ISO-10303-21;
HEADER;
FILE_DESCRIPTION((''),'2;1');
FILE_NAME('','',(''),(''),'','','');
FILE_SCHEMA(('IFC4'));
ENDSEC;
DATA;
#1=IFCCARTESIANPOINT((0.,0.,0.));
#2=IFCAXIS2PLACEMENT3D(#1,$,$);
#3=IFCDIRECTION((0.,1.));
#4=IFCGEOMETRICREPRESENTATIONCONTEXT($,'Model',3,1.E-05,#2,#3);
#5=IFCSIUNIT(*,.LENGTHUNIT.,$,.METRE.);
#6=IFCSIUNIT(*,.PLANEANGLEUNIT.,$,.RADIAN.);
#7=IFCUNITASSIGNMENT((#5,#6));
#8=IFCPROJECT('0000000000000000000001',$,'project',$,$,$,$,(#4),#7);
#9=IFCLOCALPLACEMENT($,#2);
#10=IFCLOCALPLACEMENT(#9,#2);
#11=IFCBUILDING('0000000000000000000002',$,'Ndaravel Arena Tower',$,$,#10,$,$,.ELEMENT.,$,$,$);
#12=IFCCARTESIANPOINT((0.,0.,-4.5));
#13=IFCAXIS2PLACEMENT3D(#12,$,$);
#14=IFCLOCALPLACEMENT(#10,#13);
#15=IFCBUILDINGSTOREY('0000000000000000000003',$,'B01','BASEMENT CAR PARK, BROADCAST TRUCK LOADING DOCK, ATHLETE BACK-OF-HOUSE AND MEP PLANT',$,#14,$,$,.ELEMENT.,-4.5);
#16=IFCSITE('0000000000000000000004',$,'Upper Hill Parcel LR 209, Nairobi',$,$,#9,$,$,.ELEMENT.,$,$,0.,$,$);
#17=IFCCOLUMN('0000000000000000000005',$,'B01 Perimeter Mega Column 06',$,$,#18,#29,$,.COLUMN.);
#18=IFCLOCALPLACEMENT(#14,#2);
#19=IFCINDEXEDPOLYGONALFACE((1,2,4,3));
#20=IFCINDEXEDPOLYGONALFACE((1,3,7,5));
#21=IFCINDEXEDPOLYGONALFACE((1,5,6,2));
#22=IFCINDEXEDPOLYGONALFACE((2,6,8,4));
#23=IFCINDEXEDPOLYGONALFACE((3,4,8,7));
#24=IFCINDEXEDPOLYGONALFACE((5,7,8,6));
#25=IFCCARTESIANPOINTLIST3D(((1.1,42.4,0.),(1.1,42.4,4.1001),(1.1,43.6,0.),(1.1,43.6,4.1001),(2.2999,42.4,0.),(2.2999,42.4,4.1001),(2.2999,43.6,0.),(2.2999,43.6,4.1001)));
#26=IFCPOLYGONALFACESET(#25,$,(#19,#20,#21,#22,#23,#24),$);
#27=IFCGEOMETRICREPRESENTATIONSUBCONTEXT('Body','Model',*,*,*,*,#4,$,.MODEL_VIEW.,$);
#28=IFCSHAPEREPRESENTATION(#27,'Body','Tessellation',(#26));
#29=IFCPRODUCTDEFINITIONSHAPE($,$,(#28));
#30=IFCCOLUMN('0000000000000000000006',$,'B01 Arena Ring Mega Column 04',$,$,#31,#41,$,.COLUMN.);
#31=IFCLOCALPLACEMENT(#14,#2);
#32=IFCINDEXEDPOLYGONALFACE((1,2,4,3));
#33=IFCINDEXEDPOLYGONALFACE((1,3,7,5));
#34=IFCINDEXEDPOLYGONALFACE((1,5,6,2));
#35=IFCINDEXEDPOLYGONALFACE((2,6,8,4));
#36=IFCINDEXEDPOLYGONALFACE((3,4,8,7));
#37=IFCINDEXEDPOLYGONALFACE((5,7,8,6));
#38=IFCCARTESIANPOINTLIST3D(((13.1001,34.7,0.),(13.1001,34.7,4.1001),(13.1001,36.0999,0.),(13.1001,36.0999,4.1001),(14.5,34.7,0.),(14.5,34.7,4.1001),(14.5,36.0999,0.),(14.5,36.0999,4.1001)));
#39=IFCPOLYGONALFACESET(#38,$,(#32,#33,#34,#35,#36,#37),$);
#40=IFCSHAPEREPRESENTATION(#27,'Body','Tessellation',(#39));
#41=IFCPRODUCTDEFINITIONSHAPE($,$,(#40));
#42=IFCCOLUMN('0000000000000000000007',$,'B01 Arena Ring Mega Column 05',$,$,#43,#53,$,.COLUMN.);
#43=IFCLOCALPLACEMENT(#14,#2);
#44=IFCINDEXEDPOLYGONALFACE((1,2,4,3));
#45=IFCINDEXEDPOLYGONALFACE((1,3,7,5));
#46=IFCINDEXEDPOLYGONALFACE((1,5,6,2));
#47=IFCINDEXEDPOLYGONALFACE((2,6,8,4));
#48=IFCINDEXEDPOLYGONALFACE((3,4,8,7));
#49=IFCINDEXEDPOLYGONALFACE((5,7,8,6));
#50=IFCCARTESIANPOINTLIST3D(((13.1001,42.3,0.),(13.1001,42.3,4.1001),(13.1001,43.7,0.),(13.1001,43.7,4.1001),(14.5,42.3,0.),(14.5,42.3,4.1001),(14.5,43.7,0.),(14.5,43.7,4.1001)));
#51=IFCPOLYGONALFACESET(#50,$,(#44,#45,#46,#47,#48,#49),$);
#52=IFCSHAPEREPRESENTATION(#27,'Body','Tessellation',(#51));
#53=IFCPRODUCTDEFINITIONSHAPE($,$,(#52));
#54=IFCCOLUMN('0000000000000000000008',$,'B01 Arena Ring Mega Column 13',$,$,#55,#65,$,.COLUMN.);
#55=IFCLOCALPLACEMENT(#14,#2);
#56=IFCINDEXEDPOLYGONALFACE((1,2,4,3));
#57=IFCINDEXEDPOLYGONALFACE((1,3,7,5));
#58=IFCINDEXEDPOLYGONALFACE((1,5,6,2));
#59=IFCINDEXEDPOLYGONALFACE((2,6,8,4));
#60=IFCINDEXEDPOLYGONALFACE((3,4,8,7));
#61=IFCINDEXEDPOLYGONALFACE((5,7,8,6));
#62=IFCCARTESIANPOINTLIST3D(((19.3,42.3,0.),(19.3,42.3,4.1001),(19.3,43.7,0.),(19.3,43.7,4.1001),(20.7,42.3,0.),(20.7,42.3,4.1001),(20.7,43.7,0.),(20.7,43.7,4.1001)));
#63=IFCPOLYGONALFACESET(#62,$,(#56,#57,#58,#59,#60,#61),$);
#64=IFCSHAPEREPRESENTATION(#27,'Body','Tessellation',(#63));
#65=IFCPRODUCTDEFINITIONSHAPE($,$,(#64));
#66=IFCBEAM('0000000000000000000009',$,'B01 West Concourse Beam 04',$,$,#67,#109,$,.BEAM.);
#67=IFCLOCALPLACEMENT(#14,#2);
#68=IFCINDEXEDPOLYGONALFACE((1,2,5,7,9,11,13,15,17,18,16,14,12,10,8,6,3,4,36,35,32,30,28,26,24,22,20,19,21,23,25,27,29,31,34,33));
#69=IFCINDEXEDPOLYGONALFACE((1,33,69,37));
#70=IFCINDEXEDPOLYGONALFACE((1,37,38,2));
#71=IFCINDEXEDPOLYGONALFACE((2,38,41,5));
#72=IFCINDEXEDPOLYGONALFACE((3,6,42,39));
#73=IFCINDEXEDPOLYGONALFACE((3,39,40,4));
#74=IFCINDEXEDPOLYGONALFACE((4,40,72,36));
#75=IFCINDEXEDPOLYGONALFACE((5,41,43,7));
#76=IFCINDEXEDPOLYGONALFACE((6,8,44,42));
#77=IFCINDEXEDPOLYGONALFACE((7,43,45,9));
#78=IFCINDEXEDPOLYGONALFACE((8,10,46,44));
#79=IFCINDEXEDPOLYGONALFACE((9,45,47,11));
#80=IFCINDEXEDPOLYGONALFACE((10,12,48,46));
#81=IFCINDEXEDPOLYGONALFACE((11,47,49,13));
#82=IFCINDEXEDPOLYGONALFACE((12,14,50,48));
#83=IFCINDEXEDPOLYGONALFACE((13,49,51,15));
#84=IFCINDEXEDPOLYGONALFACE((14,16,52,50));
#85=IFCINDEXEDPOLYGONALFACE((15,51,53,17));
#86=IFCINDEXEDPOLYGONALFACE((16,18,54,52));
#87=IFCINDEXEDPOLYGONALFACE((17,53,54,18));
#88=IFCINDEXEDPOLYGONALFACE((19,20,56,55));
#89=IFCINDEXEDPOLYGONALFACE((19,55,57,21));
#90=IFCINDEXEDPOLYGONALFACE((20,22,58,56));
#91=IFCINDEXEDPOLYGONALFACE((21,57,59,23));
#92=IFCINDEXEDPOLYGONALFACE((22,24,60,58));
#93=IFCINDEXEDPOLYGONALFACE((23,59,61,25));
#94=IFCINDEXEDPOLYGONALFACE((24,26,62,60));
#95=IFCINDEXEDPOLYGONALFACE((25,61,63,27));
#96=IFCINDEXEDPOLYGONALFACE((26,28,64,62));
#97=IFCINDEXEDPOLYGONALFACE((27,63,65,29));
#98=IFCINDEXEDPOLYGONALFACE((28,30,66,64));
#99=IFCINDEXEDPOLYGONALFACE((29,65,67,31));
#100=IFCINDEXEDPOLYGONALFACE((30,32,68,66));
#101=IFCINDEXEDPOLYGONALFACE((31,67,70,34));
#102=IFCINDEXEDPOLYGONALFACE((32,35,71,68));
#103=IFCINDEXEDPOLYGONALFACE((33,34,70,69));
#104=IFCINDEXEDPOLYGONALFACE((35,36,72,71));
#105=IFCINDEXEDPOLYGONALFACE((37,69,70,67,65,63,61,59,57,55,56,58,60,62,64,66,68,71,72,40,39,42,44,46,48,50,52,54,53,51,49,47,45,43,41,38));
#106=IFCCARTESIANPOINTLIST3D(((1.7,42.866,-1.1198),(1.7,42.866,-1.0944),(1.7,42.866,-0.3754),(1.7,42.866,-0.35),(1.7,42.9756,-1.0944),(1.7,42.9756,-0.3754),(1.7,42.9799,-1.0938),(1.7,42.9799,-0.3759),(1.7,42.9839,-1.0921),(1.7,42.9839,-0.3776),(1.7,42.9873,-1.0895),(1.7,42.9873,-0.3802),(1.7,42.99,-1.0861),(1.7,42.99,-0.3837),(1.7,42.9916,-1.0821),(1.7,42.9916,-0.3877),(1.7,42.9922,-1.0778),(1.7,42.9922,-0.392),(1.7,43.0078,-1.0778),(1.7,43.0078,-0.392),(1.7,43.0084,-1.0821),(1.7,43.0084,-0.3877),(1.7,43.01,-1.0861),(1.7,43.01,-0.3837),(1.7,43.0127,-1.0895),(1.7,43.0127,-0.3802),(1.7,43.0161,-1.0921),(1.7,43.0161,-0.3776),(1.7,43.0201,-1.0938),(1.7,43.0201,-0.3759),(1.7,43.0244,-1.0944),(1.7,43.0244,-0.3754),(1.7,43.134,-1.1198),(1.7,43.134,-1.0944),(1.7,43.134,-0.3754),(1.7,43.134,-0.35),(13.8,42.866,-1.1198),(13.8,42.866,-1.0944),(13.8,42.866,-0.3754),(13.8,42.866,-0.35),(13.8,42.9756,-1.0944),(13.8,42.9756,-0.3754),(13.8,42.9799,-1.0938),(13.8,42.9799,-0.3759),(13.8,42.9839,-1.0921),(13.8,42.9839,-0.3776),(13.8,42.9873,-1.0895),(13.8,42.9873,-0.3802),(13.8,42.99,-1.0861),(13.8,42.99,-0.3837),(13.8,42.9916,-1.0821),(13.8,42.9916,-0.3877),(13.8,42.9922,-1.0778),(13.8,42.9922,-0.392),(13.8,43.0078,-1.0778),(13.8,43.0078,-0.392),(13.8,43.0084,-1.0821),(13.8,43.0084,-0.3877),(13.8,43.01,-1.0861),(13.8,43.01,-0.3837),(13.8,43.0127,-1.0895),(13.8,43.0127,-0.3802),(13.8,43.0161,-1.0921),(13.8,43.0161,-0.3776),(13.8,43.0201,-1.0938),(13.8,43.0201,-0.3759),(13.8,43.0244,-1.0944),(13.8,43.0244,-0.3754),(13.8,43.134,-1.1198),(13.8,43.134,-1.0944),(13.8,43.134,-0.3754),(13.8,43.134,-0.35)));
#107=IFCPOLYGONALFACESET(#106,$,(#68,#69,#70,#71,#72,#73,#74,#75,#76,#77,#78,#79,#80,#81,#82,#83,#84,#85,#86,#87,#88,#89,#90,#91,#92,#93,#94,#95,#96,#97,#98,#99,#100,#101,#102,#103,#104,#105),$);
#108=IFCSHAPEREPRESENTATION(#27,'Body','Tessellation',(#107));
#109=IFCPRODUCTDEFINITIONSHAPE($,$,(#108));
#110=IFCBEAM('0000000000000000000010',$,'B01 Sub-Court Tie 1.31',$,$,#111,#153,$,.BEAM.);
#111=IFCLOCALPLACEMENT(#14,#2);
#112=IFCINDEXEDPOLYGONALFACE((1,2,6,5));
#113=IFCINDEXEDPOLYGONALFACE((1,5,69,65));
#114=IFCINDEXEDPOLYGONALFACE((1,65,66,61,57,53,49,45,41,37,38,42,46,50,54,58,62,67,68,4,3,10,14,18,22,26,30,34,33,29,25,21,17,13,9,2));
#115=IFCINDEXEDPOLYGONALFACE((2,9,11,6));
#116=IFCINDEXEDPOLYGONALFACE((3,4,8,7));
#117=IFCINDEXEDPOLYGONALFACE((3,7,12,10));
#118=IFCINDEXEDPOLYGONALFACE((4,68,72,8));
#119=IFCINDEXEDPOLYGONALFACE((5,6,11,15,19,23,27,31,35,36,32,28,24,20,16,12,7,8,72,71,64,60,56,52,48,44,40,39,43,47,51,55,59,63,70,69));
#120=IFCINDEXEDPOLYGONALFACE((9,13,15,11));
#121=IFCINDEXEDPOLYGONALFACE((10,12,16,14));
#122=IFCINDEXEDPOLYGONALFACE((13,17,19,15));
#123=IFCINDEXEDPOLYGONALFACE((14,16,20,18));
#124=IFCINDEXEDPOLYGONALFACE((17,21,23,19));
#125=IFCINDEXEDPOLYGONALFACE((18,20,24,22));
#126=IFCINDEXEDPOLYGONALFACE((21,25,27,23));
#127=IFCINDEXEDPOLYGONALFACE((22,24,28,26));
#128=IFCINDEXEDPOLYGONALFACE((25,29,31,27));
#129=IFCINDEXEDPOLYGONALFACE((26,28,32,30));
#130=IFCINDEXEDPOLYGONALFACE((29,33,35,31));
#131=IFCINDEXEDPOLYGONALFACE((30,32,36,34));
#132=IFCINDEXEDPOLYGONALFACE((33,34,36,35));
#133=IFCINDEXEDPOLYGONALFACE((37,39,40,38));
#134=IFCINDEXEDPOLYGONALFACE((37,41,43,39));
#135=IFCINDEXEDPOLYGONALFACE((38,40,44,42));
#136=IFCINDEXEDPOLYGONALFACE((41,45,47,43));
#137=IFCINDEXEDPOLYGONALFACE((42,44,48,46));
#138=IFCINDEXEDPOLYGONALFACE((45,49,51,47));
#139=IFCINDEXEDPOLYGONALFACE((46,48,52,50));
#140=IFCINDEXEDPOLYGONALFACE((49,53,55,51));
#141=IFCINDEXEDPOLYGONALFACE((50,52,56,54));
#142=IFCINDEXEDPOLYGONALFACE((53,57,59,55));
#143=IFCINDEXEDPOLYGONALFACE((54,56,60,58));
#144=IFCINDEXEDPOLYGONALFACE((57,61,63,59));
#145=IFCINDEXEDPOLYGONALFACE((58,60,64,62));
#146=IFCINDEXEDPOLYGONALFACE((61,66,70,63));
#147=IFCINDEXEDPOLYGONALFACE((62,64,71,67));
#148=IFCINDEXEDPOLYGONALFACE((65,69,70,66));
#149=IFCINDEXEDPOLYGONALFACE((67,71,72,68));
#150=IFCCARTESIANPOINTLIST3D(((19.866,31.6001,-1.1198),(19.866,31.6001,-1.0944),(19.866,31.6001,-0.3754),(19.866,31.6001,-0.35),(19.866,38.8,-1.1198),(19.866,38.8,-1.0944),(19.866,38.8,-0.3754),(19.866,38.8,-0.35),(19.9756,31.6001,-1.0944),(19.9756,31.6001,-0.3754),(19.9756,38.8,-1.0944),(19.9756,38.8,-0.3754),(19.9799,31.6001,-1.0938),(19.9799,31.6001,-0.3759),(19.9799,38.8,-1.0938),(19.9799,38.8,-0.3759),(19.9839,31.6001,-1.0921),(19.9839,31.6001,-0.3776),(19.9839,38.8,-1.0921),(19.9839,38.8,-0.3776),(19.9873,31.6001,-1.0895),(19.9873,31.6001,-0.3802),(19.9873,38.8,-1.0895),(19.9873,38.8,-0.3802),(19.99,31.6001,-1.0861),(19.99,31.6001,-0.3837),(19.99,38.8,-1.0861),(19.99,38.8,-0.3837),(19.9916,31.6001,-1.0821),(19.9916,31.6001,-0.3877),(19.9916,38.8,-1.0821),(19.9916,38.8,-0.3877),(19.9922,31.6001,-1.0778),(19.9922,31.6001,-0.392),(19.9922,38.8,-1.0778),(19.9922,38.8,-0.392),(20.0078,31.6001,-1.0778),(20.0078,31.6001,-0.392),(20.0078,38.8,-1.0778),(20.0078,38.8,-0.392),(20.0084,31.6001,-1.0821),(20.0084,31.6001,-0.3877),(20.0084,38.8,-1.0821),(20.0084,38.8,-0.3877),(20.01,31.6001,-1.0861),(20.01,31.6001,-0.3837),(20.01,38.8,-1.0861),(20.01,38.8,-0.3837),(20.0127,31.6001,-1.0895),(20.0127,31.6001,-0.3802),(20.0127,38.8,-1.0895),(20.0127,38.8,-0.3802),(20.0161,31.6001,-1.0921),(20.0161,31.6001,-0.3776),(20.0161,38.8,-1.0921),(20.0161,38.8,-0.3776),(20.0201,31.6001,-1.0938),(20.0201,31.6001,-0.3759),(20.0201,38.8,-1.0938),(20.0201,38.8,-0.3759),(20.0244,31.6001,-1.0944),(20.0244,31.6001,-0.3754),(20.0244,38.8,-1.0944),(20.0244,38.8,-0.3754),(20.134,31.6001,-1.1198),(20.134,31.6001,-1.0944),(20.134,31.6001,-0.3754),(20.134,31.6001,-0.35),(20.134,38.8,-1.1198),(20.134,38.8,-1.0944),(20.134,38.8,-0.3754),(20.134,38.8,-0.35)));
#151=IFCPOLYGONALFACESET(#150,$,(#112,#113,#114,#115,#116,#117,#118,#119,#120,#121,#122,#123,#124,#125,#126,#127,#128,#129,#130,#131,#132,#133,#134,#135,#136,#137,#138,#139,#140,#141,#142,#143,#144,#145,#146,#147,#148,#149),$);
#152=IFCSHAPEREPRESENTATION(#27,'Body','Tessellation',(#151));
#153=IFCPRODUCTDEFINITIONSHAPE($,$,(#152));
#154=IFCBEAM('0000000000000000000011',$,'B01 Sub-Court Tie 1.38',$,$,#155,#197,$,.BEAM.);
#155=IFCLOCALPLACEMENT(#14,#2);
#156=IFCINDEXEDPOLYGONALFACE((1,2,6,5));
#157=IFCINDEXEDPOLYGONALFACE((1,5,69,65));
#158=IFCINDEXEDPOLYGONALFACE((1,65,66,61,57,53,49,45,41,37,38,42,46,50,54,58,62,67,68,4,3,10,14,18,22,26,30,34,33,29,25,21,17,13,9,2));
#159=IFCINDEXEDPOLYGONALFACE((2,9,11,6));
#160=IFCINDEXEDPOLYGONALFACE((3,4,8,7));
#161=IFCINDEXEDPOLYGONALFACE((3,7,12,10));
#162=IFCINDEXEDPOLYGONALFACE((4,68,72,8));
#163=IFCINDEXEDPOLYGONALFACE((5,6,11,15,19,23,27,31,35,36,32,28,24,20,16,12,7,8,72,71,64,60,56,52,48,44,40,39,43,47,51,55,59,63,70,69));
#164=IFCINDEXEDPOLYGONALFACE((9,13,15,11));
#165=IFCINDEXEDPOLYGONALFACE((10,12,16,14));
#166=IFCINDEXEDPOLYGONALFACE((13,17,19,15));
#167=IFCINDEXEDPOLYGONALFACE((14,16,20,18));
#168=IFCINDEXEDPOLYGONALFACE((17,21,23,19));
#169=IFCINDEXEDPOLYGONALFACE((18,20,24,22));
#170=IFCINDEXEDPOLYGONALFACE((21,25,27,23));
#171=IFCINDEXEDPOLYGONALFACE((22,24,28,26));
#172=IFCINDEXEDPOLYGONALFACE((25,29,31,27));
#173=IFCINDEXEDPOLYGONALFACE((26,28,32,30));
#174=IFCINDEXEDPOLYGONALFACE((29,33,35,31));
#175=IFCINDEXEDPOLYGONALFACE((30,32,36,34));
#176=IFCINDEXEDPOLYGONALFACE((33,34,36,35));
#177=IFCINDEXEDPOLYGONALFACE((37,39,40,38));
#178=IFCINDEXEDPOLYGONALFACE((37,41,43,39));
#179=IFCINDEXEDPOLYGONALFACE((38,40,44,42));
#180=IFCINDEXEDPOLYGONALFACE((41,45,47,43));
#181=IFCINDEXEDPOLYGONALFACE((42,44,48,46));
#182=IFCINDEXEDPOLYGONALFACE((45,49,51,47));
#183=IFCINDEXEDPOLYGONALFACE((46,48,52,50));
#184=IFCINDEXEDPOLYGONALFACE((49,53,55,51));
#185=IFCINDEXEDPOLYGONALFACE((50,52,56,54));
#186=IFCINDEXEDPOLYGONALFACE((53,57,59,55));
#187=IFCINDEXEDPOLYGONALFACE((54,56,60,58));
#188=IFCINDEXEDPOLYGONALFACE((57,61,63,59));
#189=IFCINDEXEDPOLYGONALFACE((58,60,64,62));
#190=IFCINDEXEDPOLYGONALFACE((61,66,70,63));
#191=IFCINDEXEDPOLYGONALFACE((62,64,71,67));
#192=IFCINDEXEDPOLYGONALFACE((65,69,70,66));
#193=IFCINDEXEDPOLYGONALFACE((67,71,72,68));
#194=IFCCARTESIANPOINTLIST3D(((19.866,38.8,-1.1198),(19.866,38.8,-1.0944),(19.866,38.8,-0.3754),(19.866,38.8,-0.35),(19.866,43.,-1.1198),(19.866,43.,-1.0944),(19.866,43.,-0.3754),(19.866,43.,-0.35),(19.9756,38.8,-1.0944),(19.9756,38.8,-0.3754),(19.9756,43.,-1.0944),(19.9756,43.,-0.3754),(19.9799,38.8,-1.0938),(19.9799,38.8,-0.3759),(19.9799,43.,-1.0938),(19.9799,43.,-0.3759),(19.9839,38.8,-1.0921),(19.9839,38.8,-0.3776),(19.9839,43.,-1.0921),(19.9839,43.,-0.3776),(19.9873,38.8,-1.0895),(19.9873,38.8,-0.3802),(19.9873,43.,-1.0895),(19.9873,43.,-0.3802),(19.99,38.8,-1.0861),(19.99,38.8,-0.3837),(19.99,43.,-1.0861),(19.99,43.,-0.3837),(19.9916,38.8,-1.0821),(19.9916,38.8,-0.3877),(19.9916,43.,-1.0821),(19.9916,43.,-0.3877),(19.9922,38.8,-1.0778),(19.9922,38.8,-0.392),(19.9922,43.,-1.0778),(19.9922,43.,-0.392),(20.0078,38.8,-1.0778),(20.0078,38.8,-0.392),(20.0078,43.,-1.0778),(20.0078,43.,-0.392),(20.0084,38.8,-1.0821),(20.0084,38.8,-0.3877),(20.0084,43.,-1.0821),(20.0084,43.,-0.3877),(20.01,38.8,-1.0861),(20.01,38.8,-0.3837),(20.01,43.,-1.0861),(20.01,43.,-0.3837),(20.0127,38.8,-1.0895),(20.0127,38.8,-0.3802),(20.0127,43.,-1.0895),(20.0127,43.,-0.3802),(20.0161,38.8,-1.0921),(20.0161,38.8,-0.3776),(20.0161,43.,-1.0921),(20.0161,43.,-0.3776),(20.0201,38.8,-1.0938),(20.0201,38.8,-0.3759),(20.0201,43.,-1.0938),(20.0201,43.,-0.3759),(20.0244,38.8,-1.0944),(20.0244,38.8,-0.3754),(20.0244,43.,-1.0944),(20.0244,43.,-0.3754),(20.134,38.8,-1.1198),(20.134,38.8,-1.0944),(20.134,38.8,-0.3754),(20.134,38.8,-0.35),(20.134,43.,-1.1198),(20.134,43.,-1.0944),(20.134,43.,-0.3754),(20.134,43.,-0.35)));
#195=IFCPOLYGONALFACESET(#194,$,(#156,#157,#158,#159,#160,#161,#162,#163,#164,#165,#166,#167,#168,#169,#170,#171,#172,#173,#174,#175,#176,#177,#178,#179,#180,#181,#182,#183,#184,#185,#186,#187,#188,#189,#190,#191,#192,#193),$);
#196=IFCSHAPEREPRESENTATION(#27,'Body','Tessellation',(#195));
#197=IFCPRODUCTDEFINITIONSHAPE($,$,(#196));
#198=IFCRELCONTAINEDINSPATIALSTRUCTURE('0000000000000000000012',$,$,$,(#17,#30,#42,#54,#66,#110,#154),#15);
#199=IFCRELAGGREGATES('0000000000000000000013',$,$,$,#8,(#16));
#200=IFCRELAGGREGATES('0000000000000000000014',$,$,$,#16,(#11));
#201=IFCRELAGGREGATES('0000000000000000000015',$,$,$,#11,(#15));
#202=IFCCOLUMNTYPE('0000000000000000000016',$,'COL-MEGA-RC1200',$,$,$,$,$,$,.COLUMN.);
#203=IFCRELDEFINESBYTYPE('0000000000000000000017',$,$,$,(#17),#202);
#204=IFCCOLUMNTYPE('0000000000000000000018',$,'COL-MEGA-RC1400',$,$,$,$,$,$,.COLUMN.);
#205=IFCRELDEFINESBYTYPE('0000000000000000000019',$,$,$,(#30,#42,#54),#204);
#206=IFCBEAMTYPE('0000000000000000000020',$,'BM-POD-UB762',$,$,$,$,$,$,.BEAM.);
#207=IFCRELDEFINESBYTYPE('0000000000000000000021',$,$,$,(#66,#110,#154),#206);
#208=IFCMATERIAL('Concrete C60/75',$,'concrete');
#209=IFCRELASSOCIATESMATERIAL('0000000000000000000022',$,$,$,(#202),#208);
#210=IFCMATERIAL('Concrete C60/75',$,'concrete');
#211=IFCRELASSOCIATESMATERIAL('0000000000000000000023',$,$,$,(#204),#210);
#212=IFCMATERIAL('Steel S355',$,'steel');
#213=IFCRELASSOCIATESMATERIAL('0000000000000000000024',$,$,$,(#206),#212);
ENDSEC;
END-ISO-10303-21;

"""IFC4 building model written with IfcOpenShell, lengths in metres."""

from ifc_helpers import new_model, si_unit, direction, frame, origin, origin_2d, place, context, subcontext, project, spatial, rectangle, i_section, extrude, material, material_profile, profile_set, type_object, element, save


model = new_model("IFC4")

# Units and contexts
model_context = context("Model", 3, precision=1e-05, world=origin(), true_north=direction((0.0, 1.0)))
body_context = subcontext(model_context, "Body", "Model", "MODEL_VIEW")
ifc_project = project(units=[si_unit("LENGTHUNIT", "METRE"), si_unit("PLANEANGLEUNIT", "RADIAN")], contexts=[model_context])

# Site, building, storey
site_placement = place(None, origin())
site = spatial("IfcSite", under=ifc_project, at=site_placement, Name="Upper Hill Parcel LR 209, Nairobi", CompositionType="ELEMENT", RefElevation=0.0)
building_placement = place(site_placement, origin())
building = spatial("IfcBuilding", under=site, at=building_placement, Name="Ndaravel Arena Tower", CompositionType="ELEMENT")
storey_placement = place(building_placement, frame((0.0, 0.0, -4.5)))
storey = spatial("IfcBuildingStorey", under=building, at=storey_placement, Name="B01", Description="BASEMENT CAR PARK, BROADCAST TRUCK LOADING DOCK, ATHLETE BACK-OF-HOUSE AND MEP PLANT", CompositionType="ELEMENT", Elevation=-4.5)

# Columns
ifc_material_1 = material(Name="Concrete C60/75", Category="concrete")
ifc_material_profile_1 = material_profile(ifc_material_1, rectangle(XDim=1.2, YDim=1.2, at=origin_2d()), Name="RC 1200x1200")
ifc_profile_set_1 = profile_set([ifc_material_profile_1], Name="Concrete C60/75")
column_type_1 = type_object("IfcColumnType", Name="COL-MEGA-RC1200", PredefinedType="COLUMN", material=ifc_profile_set_1)
for number, where, z_axis, x_axis, name in (
    (1, (1.7, 43.0, 0.0), (0.0, 0.0, 1.0), (1.0, 0.0, 0.0), "B01 Perimeter Mega Column 06"),
):
    element("IfcColumn", number, at=place(storey_placement, frame(where, z_axis=z_axis, x_axis=x_axis)), inside=storey, type_object=column_type_1, Name=name, PredefinedType="COLUMN", context=body_context, shape_type="SweptSolid", body=[
        extrude(rectangle(XDim=1.2, YDim=1.2, at=origin_2d()), origin(), (0.0, 0.0, 1.0), 4.1001),
    ])
ifc_material_2 = material(Name="Concrete C60/75", Category="concrete")
ifc_material_profile_2 = material_profile(ifc_material_2, rectangle(XDim=1.3999, YDim=1.3999, at=origin_2d()), Name="RC 1400x1400")
ifc_profile_set_2 = profile_set([ifc_material_profile_2], Name="Concrete C60/75")
column_type_2 = type_object("IfcColumnType", Name="COL-MEGA-RC1400", PredefinedType="COLUMN", material=ifc_profile_set_2)
for number, where, z_axis, x_axis, name in (
    (2, (13.8, 35.3999, 0.0), (0.0, 0.0, 1.0), (1.0, 0.0, 0.0), "B01 Arena Ring Mega Column 04"),
    (3, (13.8, 43.0, 0.0), (0.0, 0.0, 1.0), (1.0, 0.0, 0.0), "B01 Arena Ring Mega Column 05"),
    (4, (20.0, 43.0, 0.0), (0.0, 0.0, 1.0), (1.0, 0.0, 0.0), "B01 Arena Ring Mega Column 13"),
):
    element("IfcColumn", number, at=place(storey_placement, frame(where, z_axis=z_axis, x_axis=x_axis)), inside=storey, type_object=column_type_2, Name=name, PredefinedType="COLUMN", context=body_context, shape_type="SweptSolid", body=[
        extrude(rectangle(XDim=1.3999, YDim=1.3999, at=origin_2d()), origin(), (0.0, 0.0, 1.0), 4.1001),
    ])

# Beams
ifc_material_3 = material(Name="Steel S355", Category="steel")
ifc_material_profile_3 = material_profile(ifc_material_3, i_section(OverallWidth=0.2681, OverallDepth=0.7698, WebThickness=0.0156, FlangeThickness=0.0254, FilletRadius=0.0166, at=origin_2d()), Name="UB 762x267x197")
ifc_profile_set_3 = profile_set([ifc_material_profile_3], Name="Steel S355")
beam_type_1 = type_object("IfcBeamType", Name="BM-POD-UB762", PredefinedType="BEAM", material=ifc_profile_set_3)
beam_1_placement = place(storey_placement, frame((1.7, 43.0, -0.7349), z_axis=(1.0, 0.0, 0.0), x_axis=(0.0, 1.0, 0.0)))
element("IfcBeam", 5, at=beam_1_placement, inside=storey, type_object=beam_type_1, Name="B01 West Concourse Beam 04", PredefinedType="BEAM", context=body_context, shape_type="SweptSolid", body=[
    extrude(i_section(OverallWidth=0.2681, OverallDepth=0.7698, WebThickness=0.0156, FlangeThickness=0.0254, FilletRadius=0.0166, at=origin_2d()), origin(), (0.0, 0.0, 1.0), 12.1001),
])
beam_2_placement = place(storey_placement, frame((20.0, 31.6001, -0.7349), z_axis=(0.0, 1.0, 0.0), x_axis=(-1.0, 0.0, 0.0)))
element("IfcBeam", 6, at=beam_2_placement, inside=storey, type_object=beam_type_1, Name="B01 Sub-Court Tie 1.31", PredefinedType="BEAM", context=body_context, shape_type="SweptSolid", body=[
    extrude(i_section(OverallWidth=0.2681, OverallDepth=0.7698, WebThickness=0.0156, FlangeThickness=0.0254, FilletRadius=0.0166, at=origin_2d()), origin(), (0.0, 0.0, 1.0), 7.2),
])
beam_3_placement = place(storey_placement, frame((20.0, 38.8, -0.7349), z_axis=(0.0, 1.0, 0.0), x_axis=(-1.0, 0.0, 0.0)))
element("IfcBeam", 7, at=beam_3_placement, inside=storey, type_object=beam_type_1, Name="B01 Sub-Court Tie 1.38", PredefinedType="BEAM", context=body_context, shape_type="SweptSolid", body=[
    extrude(i_section(OverallWidth=0.2681, OverallDepth=0.7698, WebThickness=0.0156, FlangeThickness=0.0254, FilletRadius=0.0166, at=origin_2d()), origin(), (0.0, 0.0, 1.0), 4.2),
])

save(model, "model.ifc")
